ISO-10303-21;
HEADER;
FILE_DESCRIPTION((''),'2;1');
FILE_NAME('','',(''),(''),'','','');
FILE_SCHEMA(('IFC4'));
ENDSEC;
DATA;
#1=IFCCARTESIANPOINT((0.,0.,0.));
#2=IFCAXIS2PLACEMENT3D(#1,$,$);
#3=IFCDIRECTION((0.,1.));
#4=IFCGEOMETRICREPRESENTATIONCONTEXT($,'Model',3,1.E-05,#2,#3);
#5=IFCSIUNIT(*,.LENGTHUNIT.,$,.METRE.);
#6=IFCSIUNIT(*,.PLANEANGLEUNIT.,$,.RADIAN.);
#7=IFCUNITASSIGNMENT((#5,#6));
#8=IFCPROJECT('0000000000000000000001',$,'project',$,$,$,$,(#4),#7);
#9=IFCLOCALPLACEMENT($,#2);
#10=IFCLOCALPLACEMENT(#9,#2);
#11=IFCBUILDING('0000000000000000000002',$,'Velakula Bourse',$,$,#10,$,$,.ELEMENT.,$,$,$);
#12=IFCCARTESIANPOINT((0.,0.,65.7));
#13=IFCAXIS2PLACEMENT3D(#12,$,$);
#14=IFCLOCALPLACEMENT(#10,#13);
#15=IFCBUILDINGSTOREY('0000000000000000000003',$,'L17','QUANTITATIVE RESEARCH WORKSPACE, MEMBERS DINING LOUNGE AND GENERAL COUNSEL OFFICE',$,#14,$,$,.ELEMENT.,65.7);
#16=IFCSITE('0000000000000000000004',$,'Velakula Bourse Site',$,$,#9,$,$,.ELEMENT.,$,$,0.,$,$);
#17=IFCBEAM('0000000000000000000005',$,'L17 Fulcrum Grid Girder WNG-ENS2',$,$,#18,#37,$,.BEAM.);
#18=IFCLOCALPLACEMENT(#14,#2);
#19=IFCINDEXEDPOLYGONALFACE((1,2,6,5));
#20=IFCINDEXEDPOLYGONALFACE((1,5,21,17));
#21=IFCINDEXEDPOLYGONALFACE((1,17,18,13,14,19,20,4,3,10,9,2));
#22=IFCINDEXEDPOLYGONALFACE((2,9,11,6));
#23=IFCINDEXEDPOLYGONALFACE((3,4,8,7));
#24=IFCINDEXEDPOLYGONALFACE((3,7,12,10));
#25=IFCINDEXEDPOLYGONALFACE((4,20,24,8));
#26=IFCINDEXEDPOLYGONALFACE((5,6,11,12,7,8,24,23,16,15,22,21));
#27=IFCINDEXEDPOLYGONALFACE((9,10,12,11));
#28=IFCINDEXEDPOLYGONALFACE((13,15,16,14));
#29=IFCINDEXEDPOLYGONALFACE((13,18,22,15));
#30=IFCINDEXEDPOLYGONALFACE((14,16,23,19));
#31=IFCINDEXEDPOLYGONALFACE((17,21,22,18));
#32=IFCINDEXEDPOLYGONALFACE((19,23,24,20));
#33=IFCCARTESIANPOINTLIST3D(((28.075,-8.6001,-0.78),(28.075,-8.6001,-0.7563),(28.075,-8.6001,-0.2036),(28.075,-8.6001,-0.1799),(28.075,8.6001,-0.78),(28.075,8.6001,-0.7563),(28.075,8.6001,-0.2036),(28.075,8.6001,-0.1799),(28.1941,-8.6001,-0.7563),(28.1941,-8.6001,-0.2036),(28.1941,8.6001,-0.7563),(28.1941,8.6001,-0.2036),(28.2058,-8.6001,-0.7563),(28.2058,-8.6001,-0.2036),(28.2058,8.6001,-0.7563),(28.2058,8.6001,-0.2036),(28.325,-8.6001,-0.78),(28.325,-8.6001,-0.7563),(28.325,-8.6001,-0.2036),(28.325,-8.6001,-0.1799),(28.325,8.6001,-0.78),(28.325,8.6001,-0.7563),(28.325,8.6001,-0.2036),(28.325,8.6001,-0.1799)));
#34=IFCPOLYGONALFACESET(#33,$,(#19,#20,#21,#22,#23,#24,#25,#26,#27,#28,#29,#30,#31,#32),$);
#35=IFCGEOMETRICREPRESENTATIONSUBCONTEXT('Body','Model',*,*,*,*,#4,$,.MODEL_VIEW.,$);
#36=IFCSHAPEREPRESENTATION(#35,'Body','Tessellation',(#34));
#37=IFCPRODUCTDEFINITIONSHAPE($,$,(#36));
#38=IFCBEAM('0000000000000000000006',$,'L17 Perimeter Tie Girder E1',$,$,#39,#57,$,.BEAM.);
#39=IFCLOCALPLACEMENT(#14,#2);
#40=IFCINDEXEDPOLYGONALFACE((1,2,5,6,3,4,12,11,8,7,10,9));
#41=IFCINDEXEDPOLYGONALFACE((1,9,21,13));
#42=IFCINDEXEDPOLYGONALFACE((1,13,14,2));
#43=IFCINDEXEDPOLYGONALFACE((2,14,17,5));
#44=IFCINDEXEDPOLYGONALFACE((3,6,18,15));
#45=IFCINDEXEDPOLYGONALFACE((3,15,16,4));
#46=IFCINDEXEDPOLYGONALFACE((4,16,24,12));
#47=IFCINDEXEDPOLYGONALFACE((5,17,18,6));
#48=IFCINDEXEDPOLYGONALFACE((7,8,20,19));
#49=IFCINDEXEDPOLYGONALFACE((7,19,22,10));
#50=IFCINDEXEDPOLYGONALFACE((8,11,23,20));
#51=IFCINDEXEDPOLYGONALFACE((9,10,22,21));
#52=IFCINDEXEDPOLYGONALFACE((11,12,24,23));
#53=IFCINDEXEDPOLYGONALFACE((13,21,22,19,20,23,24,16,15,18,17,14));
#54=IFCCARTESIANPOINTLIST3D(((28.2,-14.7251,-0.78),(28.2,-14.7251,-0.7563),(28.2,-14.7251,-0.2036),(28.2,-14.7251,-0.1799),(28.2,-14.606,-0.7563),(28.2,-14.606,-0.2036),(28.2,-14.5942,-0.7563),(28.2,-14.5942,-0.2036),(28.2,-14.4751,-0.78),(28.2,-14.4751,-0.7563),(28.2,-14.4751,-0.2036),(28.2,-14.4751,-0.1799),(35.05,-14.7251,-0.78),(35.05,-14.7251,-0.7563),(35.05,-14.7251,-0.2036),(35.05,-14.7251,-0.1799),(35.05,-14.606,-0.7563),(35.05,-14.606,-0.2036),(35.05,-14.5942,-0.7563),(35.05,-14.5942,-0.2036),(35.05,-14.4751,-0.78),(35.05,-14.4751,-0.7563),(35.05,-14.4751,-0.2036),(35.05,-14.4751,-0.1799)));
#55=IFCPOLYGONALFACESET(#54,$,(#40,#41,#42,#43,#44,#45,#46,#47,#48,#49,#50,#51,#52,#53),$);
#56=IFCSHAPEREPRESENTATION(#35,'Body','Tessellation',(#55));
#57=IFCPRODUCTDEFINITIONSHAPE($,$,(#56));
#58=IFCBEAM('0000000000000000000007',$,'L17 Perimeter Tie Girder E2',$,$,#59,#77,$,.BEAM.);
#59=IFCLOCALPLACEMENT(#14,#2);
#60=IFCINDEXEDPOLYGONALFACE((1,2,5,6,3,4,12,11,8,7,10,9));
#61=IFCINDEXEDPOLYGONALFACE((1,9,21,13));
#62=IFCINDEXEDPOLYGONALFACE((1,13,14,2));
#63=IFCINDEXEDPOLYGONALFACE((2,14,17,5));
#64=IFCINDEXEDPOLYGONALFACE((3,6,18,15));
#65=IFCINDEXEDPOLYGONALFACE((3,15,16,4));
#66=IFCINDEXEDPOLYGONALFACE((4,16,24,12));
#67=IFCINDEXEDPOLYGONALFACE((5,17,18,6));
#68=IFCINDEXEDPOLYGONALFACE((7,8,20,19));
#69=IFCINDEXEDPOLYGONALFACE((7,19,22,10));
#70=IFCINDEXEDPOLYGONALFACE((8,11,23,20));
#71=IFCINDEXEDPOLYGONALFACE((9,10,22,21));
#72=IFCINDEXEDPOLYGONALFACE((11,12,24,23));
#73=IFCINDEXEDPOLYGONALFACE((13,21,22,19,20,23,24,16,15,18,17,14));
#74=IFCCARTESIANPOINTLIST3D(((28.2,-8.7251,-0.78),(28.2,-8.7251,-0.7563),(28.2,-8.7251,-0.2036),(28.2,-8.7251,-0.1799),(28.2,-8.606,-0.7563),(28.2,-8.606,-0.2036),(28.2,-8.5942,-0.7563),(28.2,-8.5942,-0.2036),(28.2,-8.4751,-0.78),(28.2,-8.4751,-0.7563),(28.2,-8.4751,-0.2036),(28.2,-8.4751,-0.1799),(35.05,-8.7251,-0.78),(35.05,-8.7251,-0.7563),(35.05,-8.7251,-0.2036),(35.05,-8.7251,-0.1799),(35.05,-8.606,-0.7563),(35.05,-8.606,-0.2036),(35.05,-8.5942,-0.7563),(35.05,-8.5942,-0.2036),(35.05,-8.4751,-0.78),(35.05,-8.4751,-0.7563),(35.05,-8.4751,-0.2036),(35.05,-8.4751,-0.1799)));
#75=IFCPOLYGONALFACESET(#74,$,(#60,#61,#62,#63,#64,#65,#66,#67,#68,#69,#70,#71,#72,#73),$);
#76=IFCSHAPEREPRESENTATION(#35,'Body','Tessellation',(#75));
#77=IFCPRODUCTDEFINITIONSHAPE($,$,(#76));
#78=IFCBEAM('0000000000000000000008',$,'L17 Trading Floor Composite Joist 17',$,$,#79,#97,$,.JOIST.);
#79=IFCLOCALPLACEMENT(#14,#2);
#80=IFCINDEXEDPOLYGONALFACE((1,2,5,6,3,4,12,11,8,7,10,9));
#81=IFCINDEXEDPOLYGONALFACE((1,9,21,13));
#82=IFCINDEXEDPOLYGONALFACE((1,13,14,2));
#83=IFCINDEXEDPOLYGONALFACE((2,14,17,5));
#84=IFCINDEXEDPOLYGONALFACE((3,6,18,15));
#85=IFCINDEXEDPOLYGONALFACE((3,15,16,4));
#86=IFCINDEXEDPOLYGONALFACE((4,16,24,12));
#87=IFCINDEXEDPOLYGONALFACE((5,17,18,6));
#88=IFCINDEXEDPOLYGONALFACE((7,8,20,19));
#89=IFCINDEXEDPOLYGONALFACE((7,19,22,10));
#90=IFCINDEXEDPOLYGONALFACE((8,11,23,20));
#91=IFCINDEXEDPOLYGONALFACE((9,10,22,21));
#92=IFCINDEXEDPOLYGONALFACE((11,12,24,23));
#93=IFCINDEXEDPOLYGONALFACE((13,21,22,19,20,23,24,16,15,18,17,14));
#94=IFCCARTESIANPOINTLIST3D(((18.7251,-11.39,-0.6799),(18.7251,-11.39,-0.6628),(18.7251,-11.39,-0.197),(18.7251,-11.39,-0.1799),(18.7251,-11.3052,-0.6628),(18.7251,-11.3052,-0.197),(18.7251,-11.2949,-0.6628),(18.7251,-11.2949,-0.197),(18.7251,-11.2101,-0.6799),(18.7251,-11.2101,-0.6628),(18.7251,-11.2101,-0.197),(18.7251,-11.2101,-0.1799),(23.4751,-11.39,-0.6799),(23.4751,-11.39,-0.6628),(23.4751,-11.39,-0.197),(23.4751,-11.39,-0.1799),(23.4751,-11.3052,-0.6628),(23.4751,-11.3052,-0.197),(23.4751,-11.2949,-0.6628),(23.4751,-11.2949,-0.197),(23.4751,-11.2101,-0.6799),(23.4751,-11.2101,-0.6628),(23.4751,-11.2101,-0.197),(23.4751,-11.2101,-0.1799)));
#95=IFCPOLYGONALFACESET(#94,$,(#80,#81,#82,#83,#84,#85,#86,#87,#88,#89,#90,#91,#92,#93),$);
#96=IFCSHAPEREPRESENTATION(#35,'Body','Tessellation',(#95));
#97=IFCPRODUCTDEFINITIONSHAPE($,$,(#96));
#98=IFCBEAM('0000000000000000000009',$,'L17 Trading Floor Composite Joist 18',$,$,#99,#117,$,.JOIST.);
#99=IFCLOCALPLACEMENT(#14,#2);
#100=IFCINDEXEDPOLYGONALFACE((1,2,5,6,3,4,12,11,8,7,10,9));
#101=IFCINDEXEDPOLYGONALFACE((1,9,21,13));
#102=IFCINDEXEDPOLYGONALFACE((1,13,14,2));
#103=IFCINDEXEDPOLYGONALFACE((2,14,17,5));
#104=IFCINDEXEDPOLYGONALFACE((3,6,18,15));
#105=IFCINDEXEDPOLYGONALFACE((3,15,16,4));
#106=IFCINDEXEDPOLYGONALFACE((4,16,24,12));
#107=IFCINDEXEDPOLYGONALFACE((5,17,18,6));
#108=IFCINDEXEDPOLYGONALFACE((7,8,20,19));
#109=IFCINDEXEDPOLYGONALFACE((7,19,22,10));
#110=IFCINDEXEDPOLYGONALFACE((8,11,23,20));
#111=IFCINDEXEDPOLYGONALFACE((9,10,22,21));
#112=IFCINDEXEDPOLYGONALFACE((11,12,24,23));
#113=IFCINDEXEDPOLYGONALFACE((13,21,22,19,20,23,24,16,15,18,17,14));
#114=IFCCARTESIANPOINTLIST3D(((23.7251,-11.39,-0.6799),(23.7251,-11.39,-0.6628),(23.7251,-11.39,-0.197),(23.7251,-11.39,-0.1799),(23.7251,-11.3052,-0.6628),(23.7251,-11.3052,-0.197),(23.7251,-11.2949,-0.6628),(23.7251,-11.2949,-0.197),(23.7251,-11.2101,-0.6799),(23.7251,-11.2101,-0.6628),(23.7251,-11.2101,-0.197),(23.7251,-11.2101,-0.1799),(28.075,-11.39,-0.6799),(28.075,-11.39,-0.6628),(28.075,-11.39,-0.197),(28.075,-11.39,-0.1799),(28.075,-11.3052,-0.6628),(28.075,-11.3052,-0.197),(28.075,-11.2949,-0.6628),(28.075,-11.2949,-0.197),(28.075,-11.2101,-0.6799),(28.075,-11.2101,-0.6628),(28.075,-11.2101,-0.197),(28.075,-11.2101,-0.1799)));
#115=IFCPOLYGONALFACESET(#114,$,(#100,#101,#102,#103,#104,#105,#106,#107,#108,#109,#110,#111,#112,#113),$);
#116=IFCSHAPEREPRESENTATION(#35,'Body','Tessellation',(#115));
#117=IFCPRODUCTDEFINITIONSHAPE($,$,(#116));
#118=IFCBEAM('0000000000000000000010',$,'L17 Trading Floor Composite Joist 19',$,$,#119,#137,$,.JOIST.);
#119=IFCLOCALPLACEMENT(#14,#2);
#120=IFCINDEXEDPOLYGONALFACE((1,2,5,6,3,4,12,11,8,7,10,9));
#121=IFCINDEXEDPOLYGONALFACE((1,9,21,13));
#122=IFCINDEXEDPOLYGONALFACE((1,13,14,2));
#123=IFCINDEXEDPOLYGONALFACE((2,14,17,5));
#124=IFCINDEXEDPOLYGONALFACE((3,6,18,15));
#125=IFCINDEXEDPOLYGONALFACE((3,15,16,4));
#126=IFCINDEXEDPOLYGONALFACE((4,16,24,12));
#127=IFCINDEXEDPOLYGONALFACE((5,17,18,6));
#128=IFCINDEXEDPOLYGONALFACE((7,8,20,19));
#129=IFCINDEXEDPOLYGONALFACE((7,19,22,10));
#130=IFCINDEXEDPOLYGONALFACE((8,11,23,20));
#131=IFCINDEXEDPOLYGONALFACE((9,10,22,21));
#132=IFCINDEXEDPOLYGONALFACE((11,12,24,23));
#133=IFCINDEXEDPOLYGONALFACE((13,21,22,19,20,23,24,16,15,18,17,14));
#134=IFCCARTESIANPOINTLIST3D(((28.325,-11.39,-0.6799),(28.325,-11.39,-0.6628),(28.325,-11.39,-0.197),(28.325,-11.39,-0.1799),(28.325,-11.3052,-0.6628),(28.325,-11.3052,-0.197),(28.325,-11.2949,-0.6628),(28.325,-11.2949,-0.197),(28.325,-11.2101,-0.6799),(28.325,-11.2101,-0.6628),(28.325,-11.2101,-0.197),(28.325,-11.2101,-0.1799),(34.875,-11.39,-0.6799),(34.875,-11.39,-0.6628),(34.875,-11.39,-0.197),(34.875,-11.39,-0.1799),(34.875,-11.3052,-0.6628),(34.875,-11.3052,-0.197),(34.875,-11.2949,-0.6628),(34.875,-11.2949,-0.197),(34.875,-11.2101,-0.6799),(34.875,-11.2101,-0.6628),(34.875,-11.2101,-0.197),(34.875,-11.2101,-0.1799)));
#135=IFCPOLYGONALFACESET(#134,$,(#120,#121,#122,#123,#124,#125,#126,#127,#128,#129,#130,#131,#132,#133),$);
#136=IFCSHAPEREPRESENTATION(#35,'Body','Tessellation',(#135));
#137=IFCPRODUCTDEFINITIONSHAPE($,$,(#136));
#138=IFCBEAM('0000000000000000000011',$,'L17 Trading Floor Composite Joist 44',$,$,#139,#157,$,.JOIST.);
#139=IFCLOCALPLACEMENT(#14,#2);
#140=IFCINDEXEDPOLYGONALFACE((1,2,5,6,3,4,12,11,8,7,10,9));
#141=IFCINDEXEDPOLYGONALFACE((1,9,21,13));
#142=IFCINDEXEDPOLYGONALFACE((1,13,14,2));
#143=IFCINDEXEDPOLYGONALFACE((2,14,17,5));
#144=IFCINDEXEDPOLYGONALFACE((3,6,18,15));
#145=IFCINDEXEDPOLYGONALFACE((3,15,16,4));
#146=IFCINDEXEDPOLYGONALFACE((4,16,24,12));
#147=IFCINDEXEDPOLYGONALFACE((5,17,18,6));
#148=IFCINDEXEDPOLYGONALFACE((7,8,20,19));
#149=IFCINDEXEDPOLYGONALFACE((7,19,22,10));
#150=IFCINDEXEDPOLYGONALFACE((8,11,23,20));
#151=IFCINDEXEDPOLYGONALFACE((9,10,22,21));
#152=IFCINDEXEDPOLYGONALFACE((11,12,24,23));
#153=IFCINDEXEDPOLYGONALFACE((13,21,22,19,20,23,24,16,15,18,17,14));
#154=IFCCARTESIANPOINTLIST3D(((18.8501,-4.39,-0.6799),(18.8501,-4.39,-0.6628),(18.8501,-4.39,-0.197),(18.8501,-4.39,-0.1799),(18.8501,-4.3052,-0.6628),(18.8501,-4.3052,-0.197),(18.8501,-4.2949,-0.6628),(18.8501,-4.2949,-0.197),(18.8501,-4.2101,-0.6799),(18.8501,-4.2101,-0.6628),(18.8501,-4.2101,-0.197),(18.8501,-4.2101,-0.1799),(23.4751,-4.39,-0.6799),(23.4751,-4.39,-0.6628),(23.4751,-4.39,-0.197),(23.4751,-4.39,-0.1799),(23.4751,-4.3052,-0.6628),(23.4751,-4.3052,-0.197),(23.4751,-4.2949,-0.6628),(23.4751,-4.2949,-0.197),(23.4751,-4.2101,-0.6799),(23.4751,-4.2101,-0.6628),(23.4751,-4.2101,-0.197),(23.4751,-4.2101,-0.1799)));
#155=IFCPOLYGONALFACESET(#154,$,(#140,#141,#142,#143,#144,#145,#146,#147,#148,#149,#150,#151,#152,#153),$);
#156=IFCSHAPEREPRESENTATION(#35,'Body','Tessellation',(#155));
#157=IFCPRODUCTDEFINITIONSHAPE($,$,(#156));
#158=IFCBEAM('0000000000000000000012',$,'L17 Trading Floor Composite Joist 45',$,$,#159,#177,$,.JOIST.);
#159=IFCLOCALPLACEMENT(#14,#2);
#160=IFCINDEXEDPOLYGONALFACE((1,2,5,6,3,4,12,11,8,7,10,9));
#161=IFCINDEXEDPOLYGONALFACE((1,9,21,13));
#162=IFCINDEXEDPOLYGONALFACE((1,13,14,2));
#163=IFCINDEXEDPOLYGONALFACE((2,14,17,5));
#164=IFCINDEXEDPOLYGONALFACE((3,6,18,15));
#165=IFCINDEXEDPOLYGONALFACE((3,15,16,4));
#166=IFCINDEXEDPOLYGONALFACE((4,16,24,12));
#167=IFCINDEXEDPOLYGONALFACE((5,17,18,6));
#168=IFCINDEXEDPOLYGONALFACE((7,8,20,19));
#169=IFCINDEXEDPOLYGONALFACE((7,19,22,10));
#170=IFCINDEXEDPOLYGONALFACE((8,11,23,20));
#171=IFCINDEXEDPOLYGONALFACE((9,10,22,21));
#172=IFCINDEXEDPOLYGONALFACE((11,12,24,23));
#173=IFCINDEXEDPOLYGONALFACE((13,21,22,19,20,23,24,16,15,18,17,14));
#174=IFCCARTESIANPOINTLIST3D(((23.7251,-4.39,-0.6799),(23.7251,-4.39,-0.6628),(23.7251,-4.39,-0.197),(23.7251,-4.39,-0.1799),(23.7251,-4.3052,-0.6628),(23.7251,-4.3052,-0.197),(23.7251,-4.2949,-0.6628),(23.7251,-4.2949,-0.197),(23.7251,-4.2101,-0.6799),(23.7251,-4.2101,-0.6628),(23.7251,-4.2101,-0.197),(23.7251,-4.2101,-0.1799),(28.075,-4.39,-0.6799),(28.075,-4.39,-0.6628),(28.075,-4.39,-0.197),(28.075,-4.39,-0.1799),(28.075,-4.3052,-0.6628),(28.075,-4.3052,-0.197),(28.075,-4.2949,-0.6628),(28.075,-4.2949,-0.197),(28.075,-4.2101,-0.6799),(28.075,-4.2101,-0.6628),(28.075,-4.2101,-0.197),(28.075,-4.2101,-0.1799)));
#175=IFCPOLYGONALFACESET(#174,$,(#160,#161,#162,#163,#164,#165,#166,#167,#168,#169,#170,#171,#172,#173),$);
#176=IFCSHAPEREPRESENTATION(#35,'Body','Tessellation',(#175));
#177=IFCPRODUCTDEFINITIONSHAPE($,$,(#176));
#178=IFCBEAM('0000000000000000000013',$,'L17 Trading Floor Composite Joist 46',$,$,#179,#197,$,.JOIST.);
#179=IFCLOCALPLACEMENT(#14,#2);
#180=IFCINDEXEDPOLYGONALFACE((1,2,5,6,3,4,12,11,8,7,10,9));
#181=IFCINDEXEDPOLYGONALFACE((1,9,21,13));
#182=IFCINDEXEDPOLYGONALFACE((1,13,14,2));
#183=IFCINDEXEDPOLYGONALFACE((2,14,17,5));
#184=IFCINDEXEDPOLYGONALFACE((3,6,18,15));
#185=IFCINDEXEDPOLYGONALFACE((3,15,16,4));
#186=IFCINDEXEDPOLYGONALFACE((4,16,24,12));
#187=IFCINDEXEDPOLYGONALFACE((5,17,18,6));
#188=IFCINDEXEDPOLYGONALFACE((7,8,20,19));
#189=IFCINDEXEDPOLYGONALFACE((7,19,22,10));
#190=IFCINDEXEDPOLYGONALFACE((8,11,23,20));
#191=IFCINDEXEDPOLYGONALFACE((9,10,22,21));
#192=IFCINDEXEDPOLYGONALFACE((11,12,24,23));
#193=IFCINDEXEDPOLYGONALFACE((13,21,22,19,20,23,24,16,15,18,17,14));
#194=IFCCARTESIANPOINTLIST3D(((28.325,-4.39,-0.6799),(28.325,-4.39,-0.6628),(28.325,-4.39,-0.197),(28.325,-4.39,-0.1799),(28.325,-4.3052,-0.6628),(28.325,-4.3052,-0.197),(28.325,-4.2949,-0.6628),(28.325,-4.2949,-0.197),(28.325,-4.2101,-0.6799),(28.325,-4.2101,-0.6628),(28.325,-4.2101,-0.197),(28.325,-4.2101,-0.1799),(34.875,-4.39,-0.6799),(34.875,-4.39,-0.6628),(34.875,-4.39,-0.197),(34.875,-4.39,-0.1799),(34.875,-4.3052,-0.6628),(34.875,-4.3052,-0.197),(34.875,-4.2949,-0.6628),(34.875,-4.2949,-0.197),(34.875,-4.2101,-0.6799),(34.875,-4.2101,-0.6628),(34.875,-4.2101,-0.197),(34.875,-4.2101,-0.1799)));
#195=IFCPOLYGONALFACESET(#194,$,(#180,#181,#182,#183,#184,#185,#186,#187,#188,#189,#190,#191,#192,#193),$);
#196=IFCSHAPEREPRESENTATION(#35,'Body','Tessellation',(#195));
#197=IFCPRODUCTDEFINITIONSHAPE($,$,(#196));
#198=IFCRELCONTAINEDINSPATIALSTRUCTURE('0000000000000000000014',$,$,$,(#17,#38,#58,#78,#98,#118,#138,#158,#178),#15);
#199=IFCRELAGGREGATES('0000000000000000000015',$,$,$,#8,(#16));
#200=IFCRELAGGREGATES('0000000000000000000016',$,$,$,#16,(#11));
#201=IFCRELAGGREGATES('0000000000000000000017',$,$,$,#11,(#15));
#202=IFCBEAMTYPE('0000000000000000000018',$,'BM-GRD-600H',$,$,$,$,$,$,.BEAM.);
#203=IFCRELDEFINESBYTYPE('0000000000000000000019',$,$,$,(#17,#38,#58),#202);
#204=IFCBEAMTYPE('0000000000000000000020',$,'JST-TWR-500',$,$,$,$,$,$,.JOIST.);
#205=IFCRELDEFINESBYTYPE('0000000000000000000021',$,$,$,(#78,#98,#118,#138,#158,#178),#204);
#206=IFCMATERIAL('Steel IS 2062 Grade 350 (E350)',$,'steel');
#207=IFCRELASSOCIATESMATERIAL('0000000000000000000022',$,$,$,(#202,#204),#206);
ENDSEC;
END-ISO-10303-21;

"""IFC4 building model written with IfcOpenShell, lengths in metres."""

from ifc_helpers import new_model, si_unit, direction, frame, origin, origin_2d, place, context, subcontext, project, spatial, i_section, extrude, material, material_profile, profile_set, type_object, element, save


model = new_model("IFC4")

# Units and contexts
model_context = context("Model", 3, precision=1e-05, world=origin(), true_north=direction((0.0, 1.0)))
body_context = subcontext(model_context, "Body", "Model", "MODEL_VIEW")
ifc_project = project(units=[si_unit("LENGTHUNIT", "METRE"), si_unit("PLANEANGLEUNIT", "RADIAN")], contexts=[model_context])

# Site, building, storey
site_placement = place(None, origin())
site = spatial("IfcSite", under=ifc_project, at=site_placement, Name="Velakula Bourse Site", CompositionType="ELEMENT", RefElevation=0.0)
building_placement = place(site_placement, origin())
building = spatial("IfcBuilding", under=site, at=building_placement, Name="Velakula Bourse", CompositionType="ELEMENT")
storey_placement = place(building_placement, frame((0.0, 0.0, 65.7)))
storey = spatial("IfcBuildingStorey", under=building, at=storey_placement, Name="L17", Description="QUANTITATIVE RESEARCH WORKSPACE, MEMBERS DINING LOUNGE AND GENERAL COUNSEL OFFICE", CompositionType="ELEMENT", Elevation=65.7)

# Beams
ifc_material_1 = material(Name="Steel IS 2062 Grade 350 (E350)", Category="steel")
ifc_material_profile_1 = material_profile(ifc_material_1, i_section(OverallWidth=0.25, OverallDepth=0.6001, WebThickness=0.0117, FlangeThickness=0.0237, at=origin_2d()), Name="Steel IS 2062 Grade 350 (E350)")
ifc_profile_set_1 = profile_set([ifc_material_profile_1], Name="Steel IS 2062 Grade 350 (E350)")
beam_type_1 = type_object("IfcBeamType", Name="BM-GRD-600H", PredefinedType="BEAM", material=ifc_profile_set_1)
beam_1_placement = place(storey_placement, frame((28.2, -8.6001, -0.48), z_axis=(0.0, 1.0, 0.0), x_axis=(-1.0, 0.0, 0.0)))
element("IfcBeam", 1, at=beam_1_placement, inside=storey, type_object=beam_type_1, Name="L17 Fulcrum Grid Girder WNG-ENS2", PredefinedType="BEAM", context=body_context, shape_type="SweptSolid", body=[
    extrude(i_section(OverallWidth=0.25, OverallDepth=0.6001, WebThickness=0.0117, FlangeThickness=0.0237, at=origin_2d()), origin(), (0.0, 0.0, 1.0), 17.2002),
])
for number, where, z_axis, x_axis, name in (
    (2, (28.2, -14.6001, -0.48), (1.0, 0.0, 0.0), (0.0, 1.0, 0.0), "L17 Perimeter Tie Girder E1"),
    (3, (28.2, -8.6001, -0.48), (1.0, 0.0, 0.0), (0.0, 1.0, 0.0), "L17 Perimeter Tie Girder E2"),
):
    element("IfcBeam", number, at=place(storey_placement, frame(where, z_axis=z_axis, x_axis=x_axis)), inside=storey, type_object=beam_type_1, Name=name, PredefinedType="BEAM", context=body_context, shape_type="SweptSolid", body=[
        extrude(i_section(OverallWidth=0.25, OverallDepth=0.6001, WebThickness=0.0117, FlangeThickness=0.0237, at=origin_2d()), origin(), (0.0, 0.0, 1.0), 6.8501),
    ])
ifc_material_profile_2 = material_profile(ifc_material_1, i_section(OverallWidth=0.1799, OverallDepth=0.5, WebThickness=0.0103, FlangeThickness=0.0171, at=origin_2d()), Name="Steel IS 2062 Grade 350 (E350)")
ifc_profile_set_2 = profile_set([ifc_material_profile_2], Name="Steel IS 2062 Grade 350 (E350)")
beam_type_2 = type_object("IfcBeamType", Name="JST-TWR-500", PredefinedType="JOIST", material=ifc_profile_set_2)
beam_2_placement = place(storey_placement, frame((18.7251, -11.3, -0.4299), z_axis=(1.0, 0.0, 0.0), x_axis=(0.0, 1.0, 0.0)))
element("IfcBeam", 4, at=beam_2_placement, inside=storey, type_object=beam_type_2, Name="L17 Trading Floor Composite Joist 17", PredefinedType="JOIST", context=body_context, shape_type="SweptSolid", body=[
    extrude(i_section(OverallWidth=0.1799, OverallDepth=0.5, WebThickness=0.0103, FlangeThickness=0.0171, at=origin_2d()), origin(), (0.0, 0.0, 1.0), 4.75),
])
beam_3_placement = place(storey_placement, frame((23.7251, -11.3, -0.4299), z_axis=(1.0, 0.0, 0.0), x_axis=(0.0, 1.0, 0.0)))
element("IfcBeam", 5, at=beam_3_placement, inside=storey, type_object=beam_type_2, Name="L17 Trading Floor Composite Joist 18", PredefinedType="JOIST", context=body_context, shape_type="SweptSolid", body=[
    extrude(i_section(OverallWidth=0.1799, OverallDepth=0.5, WebThickness=0.0103, FlangeThickness=0.0171, at=origin_2d()), origin(), (0.0, 0.0, 1.0), 4.3499),
])
beam_4_placement = place(storey_placement, frame((28.325, -11.3, -0.4299), z_axis=(1.0, 0.0, 0.0), x_axis=(0.0, 1.0, 0.0)))
element("IfcBeam", 6, at=beam_4_placement, inside=storey, type_object=beam_type_2, Name="L17 Trading Floor Composite Joist 19", PredefinedType="JOIST", context=body_context, shape_type="SweptSolid", body=[
    extrude(i_section(OverallWidth=0.1799, OverallDepth=0.5, WebThickness=0.0103, FlangeThickness=0.0171, at=origin_2d()), origin(), (0.0, 0.0, 1.0), 6.55),
])
beam_5_placement = place(storey_placement, frame((18.8501, -4.3, -0.4299), z_axis=(1.0, 0.0, 0.0), x_axis=(0.0, 1.0, 0.0)))
element("IfcBeam", 7, at=beam_5_placement, inside=storey, type_object=beam_type_2, Name="L17 Trading Floor Composite Joist 44", PredefinedType="JOIST", context=body_context, shape_type="SweptSolid", body=[
    extrude(i_section(OverallWidth=0.1799, OverallDepth=0.5, WebThickness=0.0103, FlangeThickness=0.0171, at=origin_2d()), origin(), (0.0, 0.0, 1.0), 4.625),
])
beam_6_placement = place(storey_placement, frame((23.7251, -4.3, -0.4299), z_axis=(1.0, 0.0, 0.0), x_axis=(0.0, 1.0, 0.0)))
element("IfcBeam", 8, at=beam_6_placement, inside=storey, type_object=beam_type_2, Name="L17 Trading Floor Composite Joist 45", PredefinedType="JOIST", context=body_context, shape_type="SweptSolid", body=[
    extrude(i_section(OverallWidth=0.1799, OverallDepth=0.5, WebThickness=0.0103, FlangeThickness=0.0171, at=origin_2d()), origin(), (0.0, 0.0, 1.0), 4.3499),
])
beam_7_placement = place(storey_placement, frame((28.325, -4.3, -0.4299), z_axis=(1.0, 0.0, 0.0), x_axis=(0.0, 1.0, 0.0)))
element("IfcBeam", 9, at=beam_7_placement, inside=storey, type_object=beam_type_2, Name="L17 Trading Floor Composite Joist 46", PredefinedType="JOIST", context=body_context, shape_type="SweptSolid", body=[
    extrude(i_section(OverallWidth=0.1799, OverallDepth=0.5, WebThickness=0.0103, FlangeThickness=0.0171, at=origin_2d()), origin(), (0.0, 0.0, 1.0), 6.55),
])

save(model, "model.ifc")
